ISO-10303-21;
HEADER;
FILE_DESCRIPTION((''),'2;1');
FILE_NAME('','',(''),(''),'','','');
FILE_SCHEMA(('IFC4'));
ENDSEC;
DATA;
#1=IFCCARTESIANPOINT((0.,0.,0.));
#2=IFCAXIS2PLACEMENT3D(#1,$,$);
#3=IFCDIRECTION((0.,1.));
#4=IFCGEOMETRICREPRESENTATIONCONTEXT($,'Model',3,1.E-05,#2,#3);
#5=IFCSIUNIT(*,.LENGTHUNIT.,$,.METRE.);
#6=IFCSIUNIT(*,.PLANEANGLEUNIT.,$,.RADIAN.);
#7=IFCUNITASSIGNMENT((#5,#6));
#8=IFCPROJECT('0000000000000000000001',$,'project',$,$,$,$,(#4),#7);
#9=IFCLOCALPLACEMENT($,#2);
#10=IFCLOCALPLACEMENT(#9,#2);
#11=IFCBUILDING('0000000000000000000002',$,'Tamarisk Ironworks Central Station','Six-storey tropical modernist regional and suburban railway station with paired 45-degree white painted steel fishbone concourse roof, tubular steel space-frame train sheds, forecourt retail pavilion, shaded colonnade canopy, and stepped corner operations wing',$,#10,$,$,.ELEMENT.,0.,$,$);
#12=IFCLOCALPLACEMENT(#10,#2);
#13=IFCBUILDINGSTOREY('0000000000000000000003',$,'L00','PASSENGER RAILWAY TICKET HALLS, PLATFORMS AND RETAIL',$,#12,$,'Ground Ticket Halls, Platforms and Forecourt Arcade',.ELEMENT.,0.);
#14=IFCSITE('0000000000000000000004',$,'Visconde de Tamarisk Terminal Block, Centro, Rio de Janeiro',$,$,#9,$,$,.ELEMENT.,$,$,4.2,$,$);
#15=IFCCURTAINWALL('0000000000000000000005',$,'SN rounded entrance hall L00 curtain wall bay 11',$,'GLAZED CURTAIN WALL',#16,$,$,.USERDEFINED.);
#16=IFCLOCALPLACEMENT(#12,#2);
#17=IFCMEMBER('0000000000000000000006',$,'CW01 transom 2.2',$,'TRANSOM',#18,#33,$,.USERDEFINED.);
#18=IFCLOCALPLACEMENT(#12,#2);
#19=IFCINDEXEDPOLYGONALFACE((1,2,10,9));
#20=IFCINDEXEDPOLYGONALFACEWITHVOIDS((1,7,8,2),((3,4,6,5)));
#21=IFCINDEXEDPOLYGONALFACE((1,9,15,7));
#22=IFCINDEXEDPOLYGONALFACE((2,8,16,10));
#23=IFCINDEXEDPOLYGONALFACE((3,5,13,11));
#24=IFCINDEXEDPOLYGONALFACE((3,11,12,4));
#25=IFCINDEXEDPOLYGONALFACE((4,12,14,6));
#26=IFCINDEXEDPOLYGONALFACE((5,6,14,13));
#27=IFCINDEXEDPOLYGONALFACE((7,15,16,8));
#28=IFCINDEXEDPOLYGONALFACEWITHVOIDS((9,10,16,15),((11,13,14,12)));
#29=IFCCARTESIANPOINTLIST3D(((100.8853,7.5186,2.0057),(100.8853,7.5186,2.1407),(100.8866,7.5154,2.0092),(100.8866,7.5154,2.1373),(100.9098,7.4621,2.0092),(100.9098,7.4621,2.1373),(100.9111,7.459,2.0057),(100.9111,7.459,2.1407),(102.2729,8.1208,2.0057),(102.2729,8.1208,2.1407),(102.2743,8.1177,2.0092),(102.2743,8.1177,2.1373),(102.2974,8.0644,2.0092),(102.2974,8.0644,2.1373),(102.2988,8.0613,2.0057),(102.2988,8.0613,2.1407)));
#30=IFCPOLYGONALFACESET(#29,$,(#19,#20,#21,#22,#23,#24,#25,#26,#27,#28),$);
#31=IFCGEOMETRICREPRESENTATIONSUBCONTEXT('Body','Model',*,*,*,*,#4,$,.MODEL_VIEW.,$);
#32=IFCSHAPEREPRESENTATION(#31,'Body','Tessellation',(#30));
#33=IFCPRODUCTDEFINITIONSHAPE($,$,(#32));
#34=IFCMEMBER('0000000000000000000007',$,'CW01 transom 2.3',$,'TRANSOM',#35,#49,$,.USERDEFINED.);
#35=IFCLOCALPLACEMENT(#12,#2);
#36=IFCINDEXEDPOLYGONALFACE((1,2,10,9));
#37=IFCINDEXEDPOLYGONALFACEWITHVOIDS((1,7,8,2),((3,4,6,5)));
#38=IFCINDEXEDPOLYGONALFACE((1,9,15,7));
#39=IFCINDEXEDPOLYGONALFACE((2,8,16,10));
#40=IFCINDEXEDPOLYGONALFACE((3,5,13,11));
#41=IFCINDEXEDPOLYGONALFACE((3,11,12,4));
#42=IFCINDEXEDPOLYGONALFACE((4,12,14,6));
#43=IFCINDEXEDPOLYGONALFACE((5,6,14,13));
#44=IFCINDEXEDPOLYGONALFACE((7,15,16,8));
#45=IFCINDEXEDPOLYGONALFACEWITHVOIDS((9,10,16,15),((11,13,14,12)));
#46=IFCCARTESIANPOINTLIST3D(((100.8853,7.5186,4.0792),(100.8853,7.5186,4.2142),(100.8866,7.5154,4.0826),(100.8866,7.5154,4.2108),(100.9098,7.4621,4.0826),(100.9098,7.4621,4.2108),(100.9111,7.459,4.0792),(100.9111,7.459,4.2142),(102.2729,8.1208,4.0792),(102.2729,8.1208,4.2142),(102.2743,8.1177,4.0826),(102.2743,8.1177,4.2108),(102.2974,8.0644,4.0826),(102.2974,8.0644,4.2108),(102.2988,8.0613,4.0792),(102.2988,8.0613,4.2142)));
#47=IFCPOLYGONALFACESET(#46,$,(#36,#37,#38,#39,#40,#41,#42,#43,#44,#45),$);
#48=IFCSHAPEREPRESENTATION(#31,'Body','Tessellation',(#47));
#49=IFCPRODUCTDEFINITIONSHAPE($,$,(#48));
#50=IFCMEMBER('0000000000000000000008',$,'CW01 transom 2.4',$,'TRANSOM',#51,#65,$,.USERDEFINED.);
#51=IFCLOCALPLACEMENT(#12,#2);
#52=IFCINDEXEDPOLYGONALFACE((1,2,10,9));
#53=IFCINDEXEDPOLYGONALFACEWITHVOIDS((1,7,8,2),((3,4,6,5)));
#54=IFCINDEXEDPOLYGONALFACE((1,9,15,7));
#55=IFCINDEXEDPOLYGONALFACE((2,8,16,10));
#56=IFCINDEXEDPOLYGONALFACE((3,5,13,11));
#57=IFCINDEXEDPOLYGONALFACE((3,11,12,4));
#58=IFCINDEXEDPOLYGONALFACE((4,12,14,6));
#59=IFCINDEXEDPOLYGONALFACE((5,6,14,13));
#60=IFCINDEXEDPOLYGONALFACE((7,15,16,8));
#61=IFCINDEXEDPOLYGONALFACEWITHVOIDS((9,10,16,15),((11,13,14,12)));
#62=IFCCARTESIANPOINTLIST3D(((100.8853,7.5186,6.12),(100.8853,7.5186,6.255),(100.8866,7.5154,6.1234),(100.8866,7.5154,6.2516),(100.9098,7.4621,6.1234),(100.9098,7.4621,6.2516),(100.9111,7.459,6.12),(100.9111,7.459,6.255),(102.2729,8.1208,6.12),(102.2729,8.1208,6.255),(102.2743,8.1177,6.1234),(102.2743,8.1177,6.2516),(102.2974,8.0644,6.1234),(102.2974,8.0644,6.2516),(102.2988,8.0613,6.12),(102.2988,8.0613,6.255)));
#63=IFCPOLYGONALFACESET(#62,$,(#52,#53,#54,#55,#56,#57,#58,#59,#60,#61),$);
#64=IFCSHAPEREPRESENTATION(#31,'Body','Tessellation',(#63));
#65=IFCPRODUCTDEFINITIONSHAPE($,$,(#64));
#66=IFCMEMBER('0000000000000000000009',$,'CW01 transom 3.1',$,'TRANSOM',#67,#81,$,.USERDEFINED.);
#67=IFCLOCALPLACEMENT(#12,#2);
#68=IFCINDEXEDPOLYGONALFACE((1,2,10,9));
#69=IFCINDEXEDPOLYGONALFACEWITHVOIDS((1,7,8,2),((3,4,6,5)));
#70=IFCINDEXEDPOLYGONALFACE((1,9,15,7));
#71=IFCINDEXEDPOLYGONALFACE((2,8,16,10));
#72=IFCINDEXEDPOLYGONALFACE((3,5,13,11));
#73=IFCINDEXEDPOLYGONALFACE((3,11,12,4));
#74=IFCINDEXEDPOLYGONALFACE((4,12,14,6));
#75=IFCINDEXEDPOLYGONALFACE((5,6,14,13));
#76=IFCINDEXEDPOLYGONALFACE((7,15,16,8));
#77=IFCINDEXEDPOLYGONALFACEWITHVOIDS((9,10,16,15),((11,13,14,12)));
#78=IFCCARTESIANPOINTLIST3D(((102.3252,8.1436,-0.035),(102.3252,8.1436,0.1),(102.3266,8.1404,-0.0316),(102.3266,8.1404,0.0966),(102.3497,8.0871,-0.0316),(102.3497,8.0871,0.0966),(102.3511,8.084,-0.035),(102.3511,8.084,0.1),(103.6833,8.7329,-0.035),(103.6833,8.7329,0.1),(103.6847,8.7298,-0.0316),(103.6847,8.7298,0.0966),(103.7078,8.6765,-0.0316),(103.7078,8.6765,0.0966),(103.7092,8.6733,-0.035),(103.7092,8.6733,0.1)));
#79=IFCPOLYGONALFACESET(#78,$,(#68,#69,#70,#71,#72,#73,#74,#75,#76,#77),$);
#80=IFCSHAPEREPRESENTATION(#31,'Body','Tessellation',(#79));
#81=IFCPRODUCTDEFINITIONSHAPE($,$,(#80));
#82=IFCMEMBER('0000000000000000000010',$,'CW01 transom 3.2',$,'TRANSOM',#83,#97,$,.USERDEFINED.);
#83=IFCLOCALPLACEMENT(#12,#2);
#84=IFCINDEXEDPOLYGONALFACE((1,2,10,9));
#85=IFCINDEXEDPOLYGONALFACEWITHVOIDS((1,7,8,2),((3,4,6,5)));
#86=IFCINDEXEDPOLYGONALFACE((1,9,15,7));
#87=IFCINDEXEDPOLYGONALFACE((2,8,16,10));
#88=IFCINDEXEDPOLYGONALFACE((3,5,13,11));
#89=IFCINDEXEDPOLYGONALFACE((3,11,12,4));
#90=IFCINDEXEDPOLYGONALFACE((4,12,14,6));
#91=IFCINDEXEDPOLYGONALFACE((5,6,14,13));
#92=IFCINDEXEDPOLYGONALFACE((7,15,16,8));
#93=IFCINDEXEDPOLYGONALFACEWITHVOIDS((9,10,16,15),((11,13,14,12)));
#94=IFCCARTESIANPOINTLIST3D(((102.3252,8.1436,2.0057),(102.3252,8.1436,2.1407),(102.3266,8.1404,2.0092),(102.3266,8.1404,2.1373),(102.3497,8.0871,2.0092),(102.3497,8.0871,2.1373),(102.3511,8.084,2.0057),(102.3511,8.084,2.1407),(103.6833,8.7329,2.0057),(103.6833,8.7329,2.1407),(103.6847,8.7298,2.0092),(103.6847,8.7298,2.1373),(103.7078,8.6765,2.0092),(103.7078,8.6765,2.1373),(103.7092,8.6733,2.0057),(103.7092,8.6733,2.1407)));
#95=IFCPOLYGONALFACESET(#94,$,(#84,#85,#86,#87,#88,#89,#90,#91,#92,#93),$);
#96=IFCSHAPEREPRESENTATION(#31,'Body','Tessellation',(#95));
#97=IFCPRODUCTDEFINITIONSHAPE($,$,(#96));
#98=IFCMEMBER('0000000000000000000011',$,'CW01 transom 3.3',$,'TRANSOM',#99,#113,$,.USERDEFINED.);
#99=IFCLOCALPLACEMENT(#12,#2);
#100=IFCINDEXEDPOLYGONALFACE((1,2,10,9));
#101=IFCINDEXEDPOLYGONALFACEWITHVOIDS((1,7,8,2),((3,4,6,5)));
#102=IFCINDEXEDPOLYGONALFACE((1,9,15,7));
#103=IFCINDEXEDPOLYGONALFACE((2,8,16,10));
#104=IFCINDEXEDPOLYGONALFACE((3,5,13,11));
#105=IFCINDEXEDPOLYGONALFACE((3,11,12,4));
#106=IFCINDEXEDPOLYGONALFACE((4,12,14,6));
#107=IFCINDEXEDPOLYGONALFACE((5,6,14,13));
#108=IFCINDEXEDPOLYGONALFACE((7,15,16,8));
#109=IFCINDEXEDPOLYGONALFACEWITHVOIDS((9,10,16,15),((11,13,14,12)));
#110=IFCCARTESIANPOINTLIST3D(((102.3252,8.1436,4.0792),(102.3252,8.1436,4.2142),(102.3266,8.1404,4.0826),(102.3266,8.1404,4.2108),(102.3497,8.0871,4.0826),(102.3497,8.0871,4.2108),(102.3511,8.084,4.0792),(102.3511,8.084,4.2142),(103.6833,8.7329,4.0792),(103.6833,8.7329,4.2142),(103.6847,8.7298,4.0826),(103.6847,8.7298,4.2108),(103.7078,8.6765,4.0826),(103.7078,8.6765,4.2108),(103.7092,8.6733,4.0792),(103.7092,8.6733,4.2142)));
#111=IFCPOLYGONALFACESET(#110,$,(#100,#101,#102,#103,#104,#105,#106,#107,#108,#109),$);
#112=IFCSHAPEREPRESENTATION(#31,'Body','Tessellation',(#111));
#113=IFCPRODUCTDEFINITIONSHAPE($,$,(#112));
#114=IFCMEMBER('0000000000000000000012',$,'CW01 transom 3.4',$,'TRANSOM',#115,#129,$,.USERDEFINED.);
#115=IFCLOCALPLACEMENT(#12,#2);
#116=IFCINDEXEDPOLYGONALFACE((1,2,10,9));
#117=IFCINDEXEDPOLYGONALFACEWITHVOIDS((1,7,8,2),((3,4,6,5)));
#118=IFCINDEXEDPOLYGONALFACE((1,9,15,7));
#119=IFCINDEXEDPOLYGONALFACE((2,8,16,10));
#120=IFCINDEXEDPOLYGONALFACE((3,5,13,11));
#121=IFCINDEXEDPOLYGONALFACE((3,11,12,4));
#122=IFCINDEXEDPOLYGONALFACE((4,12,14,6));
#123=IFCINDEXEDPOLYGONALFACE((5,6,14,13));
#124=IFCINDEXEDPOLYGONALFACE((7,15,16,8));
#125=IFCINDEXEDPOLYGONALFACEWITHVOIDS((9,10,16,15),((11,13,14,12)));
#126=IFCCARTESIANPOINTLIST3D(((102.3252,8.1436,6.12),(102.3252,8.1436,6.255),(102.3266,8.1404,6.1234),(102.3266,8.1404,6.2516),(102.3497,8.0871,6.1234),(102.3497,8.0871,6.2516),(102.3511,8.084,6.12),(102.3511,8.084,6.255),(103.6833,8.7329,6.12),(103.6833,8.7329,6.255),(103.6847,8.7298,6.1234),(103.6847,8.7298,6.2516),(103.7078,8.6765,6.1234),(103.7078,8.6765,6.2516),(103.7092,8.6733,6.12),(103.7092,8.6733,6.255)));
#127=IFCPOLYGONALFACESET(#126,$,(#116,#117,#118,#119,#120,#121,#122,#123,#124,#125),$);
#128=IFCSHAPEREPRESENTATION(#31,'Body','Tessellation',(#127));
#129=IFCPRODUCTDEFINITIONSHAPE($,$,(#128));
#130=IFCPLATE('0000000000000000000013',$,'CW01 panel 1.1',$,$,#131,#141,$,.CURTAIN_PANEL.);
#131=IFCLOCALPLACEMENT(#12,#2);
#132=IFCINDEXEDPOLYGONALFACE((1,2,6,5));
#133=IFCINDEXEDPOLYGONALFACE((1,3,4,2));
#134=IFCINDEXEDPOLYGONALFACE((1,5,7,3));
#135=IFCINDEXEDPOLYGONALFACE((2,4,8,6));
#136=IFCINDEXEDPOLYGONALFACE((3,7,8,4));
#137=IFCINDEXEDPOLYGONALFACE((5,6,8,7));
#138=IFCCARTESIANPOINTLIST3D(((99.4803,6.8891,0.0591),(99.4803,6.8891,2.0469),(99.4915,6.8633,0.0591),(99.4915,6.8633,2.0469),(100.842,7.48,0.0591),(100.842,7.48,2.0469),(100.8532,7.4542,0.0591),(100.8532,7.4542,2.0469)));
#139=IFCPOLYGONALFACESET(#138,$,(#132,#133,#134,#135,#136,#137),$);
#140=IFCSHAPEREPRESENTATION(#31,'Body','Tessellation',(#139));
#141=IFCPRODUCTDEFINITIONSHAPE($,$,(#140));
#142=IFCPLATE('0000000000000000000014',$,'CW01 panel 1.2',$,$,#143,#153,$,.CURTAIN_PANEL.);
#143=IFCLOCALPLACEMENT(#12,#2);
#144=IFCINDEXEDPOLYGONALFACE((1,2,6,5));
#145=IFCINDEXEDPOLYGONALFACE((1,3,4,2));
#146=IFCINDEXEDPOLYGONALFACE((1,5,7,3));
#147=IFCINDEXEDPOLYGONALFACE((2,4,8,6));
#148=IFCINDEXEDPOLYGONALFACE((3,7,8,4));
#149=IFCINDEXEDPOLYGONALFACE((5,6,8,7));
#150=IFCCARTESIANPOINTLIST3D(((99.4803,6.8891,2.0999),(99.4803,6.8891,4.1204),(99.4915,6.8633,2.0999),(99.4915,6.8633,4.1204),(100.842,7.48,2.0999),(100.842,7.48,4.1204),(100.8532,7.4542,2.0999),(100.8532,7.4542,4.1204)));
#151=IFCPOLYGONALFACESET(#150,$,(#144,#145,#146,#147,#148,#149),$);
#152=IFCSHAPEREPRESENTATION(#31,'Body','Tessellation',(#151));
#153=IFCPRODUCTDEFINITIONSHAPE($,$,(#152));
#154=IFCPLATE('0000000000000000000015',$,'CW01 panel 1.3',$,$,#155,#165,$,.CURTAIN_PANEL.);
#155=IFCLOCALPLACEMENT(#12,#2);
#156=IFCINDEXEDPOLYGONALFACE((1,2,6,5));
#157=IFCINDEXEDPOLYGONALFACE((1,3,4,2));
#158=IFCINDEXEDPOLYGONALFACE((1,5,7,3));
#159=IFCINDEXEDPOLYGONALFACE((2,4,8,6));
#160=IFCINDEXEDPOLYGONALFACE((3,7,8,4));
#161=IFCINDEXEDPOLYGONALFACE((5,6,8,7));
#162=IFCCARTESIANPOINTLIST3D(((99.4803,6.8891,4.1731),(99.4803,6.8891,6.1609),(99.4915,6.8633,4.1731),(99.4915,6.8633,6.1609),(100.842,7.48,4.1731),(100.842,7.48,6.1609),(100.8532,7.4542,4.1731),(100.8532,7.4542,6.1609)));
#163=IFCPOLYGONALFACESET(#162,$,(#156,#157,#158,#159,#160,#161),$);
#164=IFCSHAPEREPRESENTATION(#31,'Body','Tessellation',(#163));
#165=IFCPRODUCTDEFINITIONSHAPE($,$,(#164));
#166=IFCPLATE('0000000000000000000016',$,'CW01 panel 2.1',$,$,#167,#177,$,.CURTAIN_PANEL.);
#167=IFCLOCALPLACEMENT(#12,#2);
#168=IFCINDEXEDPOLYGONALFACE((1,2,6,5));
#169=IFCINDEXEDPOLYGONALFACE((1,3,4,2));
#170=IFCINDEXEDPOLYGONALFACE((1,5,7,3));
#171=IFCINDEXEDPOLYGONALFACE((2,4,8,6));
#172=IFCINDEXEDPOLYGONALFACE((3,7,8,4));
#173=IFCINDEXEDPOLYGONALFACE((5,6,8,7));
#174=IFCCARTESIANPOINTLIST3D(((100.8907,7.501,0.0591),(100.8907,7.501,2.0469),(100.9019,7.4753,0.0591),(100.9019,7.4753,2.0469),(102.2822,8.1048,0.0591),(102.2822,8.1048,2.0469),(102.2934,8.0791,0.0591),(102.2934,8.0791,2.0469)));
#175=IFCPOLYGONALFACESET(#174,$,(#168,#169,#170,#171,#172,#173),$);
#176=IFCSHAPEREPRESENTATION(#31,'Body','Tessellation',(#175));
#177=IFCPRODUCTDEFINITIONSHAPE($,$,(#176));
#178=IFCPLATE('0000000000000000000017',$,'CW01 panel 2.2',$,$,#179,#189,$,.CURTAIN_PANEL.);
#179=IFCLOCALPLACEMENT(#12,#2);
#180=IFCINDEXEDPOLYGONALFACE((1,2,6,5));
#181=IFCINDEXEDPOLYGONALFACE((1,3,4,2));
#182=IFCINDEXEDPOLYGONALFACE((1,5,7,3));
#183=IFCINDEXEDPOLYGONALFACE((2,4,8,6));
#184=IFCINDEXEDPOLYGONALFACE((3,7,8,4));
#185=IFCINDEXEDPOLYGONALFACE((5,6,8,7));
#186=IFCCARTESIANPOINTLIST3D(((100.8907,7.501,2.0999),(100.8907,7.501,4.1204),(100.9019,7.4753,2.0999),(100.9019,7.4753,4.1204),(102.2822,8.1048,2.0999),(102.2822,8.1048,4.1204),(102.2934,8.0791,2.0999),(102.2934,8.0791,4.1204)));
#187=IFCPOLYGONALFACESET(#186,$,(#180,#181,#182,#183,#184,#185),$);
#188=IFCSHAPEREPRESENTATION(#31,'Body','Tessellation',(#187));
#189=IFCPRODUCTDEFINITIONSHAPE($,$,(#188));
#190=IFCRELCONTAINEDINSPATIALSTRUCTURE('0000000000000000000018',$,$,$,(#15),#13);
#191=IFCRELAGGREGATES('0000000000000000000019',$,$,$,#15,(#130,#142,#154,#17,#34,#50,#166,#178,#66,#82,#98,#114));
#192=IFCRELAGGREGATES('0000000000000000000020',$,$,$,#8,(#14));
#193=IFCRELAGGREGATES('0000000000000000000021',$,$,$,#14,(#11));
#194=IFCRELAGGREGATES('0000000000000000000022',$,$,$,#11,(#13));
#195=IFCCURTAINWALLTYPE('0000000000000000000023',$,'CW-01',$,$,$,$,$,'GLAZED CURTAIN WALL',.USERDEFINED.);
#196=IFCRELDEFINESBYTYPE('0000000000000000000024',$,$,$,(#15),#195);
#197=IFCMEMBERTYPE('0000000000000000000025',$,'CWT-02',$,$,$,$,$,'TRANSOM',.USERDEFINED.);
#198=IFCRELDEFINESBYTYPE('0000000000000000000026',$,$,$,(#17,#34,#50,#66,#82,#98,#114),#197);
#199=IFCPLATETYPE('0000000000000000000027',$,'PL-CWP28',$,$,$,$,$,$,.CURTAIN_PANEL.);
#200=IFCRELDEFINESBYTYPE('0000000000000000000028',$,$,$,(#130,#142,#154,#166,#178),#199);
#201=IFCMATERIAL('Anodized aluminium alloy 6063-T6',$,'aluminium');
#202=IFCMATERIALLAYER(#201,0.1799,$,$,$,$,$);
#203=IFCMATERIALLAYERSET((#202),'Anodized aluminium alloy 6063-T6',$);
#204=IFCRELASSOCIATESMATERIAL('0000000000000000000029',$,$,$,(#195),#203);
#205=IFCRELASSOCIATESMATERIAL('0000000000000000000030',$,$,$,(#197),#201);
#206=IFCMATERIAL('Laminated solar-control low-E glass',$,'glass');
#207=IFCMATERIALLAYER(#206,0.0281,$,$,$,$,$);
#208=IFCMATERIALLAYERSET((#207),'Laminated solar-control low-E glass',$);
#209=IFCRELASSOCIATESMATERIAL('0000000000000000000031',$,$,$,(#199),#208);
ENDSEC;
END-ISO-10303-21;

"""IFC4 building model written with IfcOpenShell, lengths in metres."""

from ifc_helpers import new_model, si_unit, direction, frame, origin, origin_2d, place, context, subcontext, project, spatial, rectangle, hollow_rectangle, extrude, material, layer, layer_set, material_profile, profile_set, type_object, element, aggregate, save


model = new_model("IFC4")

# Units and contexts
model_context = context("Model", 3, precision=1e-05, world=origin(), true_north=direction((0.0, 1.0)))
body_context = subcontext(model_context, "Body", "Model", "MODEL_VIEW")
ifc_project = project(units=[si_unit("LENGTHUNIT", "METRE"), si_unit("PLANEANGLEUNIT", "RADIAN")], contexts=[model_context])

# Site, building, storey
site_placement = place(None, origin())
site = spatial("IfcSite", under=ifc_project, at=site_placement, Name="Visconde de Tamarisk Terminal Block, Centro, Rio de Janeiro", CompositionType="ELEMENT", RefElevation=4.2)
building_placement = place(site_placement, origin())
building = spatial("IfcBuilding", under=site, at=building_placement, Name="Tamarisk Ironworks Central Station", Description="Six-storey tropical modernist regional and suburban railway station with paired 45-degree white painted steel fishbone concourse roof, tubular steel space-frame train sheds, forecourt retail pavilion, shaded colonnade canopy, and stepped corner operations wing", CompositionType="ELEMENT", ElevationOfRefHeight=0.0)
storey_placement = place(building_placement, origin())
storey = spatial("IfcBuildingStorey", under=building, at=storey_placement, Name="L00", Description="PASSENGER RAILWAY TICKET HALLS, PLATFORMS AND RETAIL", LongName="Ground Ticket Halls, Platforms and Forecourt Arcade", CompositionType="ELEMENT", Elevation=0.0)

# Curtain wall, members, plates
ifc_material_1 = material(Name="Anodized aluminium alloy 6063-T6", Category="aluminium")
ifc_layer_1 = layer(ifc_material_1, 0.1799)
ifc_layer_set_1 = layer_set([ifc_layer_1], Name="Anodized aluminium alloy 6063-T6")
curtain_wall_type = type_object("IfcCurtainWallType", Name="CW-01", ElementType="GLAZED CURTAIN WALL", PredefinedType="USERDEFINED", material=ifc_layer_set_1)
curtain_wall_placement = place(storey_placement, origin())
curtain_wall = element("IfcCurtainWall", 1, at=curtain_wall_placement, inside=storey, type_object=curtain_wall_type, Name="SN rounded entrance hall L00 curtain wall bay 11", ObjectType="GLAZED CURTAIN WALL", PredefinedType="USERDEFINED")
ifc_material_profile_1 = material_profile(ifc_material_1, hollow_rectangle(XDim=0.0649, YDim=0.135, WallThickness=0.0034, at=origin_2d()), Name="ALUM 135x65")
ifc_profile_set_1 = profile_set([ifc_material_profile_1], Name="Anodized aluminium alloy 6063-T6")
member_type_1 = type_object("IfcMemberType", Name="CWT-02", ElementType="TRANSOM", PredefinedType="USERDEFINED", material=ifc_profile_set_1)
member_1_placement = place(storey_placement, frame((100.8982, 7.4888, 2.0732), z_axis=(0.917324, 0.398142, 0.0), x_axis=(-0.398142, 0.917324, 0.0)))
member_1 = element("IfcMember", 2, at=member_1_placement, type_object=member_type_1, Name="CW01 transom 2.2", ObjectType="TRANSOM", PredefinedType="USERDEFINED", context=body_context, shape_type="SweptSolid", body=[
    extrude(hollow_rectangle(XDim=0.0649, YDim=0.135, WallThickness=0.0034, at=origin_2d()), origin(), (0.0, 0.0, 1.0), 1.5127),
])
member_2_placement = place(storey_placement, frame((100.8982, 7.4888, 4.1467), z_axis=(0.917324, 0.398142, 0.0), x_axis=(-0.398142, 0.917324, 0.0)))
member_2 = element("IfcMember", 3, at=member_2_placement, type_object=member_type_1, Name="CW01 transom 2.3", ObjectType="TRANSOM", PredefinedType="USERDEFINED", context=body_context, shape_type="SweptSolid", body=[
    extrude(hollow_rectangle(XDim=0.0649, YDim=0.135, WallThickness=0.0034, at=origin_2d()), origin(), (0.0, 0.0, 1.0), 1.5127),
])
member_3_placement = place(storey_placement, frame((100.8982, 7.4888, 6.1875), z_axis=(0.917324, 0.398142, 0.0), x_axis=(-0.398142, 0.917324, 0.0)))
member_3 = element("IfcMember", 4, at=member_3_placement, type_object=member_type_1, Name="CW01 transom 2.4", ObjectType="TRANSOM", PredefinedType="USERDEFINED", context=body_context, shape_type="SweptSolid", body=[
    extrude(hollow_rectangle(XDim=0.0649, YDim=0.135, WallThickness=0.0034, at=origin_2d()), origin(), (0.0, 0.0, 1.0), 1.5127),
])
member_4_placement = place(storey_placement, frame((102.3381, 8.1138, 0.0325), z_axis=(0.917353, 0.398075, 0.0), x_axis=(-0.398075, 0.917353, 0.0)))
member_4 = element("IfcMember", 5, at=member_4_placement, type_object=member_type_1, Name="CW01 transom 3.1", ObjectType="TRANSOM", PredefinedType="USERDEFINED", context=body_context, shape_type="SweptSolid", body=[
    extrude(hollow_rectangle(XDim=0.0649, YDim=0.135, WallThickness=0.0034, at=origin_2d()), origin(), (0.0, 0.0, 1.0), 1.4805),
])
member_5_placement = place(storey_placement, frame((102.3381, 8.1138, 2.0732), z_axis=(0.917353, 0.398075, 0.0), x_axis=(-0.398075, 0.917353, 0.0)))
member_5 = element("IfcMember", 6, at=member_5_placement, type_object=member_type_1, Name="CW01 transom 3.2", ObjectType="TRANSOM", PredefinedType="USERDEFINED", context=body_context, shape_type="SweptSolid", body=[
    extrude(hollow_rectangle(XDim=0.0649, YDim=0.135, WallThickness=0.0034, at=origin_2d()), origin(), (0.0, 0.0, 1.0), 1.4805),
])
member_6_placement = place(storey_placement, frame((102.3381, 8.1138, 4.1467), z_axis=(0.917353, 0.398075, 0.0), x_axis=(-0.398075, 0.917353, 0.0)))
member_6 = element("IfcMember", 7, at=member_6_placement, type_object=member_type_1, Name="CW01 transom 3.3", ObjectType="TRANSOM", PredefinedType="USERDEFINED", context=body_context, shape_type="SweptSolid", body=[
    extrude(hollow_rectangle(XDim=0.0649, YDim=0.135, WallThickness=0.0034, at=origin_2d()), origin(), (0.0, 0.0, 1.0), 1.4805),
])
member_7_placement = place(storey_placement, frame((102.3381, 8.1138, 6.1875), z_axis=(0.917353, 0.398075, 0.0), x_axis=(-0.398075, 0.917353, 0.0)))
member_7 = element("IfcMember", 8, at=member_7_placement, type_object=member_type_1, Name="CW01 transom 3.4", ObjectType="TRANSOM", PredefinedType="USERDEFINED", context=body_context, shape_type="SweptSolid", body=[
    extrude(hollow_rectangle(XDim=0.0649, YDim=0.135, WallThickness=0.0034, at=origin_2d()), origin(), (0.0, 0.0, 1.0), 1.4805),
])
ifc_material_2 = material(Name="Laminated solar-control low-E glass", Category="glass")
ifc_layer_2 = layer(ifc_material_2, 0.0281)
ifc_layer_set_2 = layer_set([ifc_layer_2], Name="Laminated solar-control low-E glass")
plate_type = type_object("IfcPlateType", Name="PL-CWP28", PredefinedType="CURTAIN_PANEL", material=ifc_layer_set_2)
plate_1_placement = place(storey_placement, frame((100.1667, 7.1716, 0.0591), z_axis=(0.0, 0.0, 1.0), x_axis=(0.917352, 0.398077, 0.0)))
plate_1 = element("IfcPlate", 9, at=plate_1_placement, type_object=plate_type, Name="CW01 panel 1.1", PredefinedType="CURTAIN_PANEL", context=body_context, shape_type="SweptSolid", body=[
    extrude(rectangle(XDim=1.4844, YDim=0.0281, at=origin_2d()), origin(), (0.0, 0.0, 1.0), 1.9878),
])
plate_2_placement = place(storey_placement, frame((100.1667, 7.1716, 2.0999), z_axis=(0.0, 0.0, 1.0), x_axis=(0.917352, 0.398077, 0.0)))
plate_2 = element("IfcPlate", 10, at=plate_2_placement, type_object=plate_type, Name="CW01 panel 1.2", PredefinedType="CURTAIN_PANEL", context=body_context, shape_type="SweptSolid", body=[
    extrude(rectangle(XDim=1.4844, YDim=0.0281, at=origin_2d()), origin(), (0.0, 0.0, 1.0), 2.0205),
])
plate_3_placement = place(storey_placement, frame((100.1667, 7.1716, 4.1731), z_axis=(0.0, 0.0, 1.0), x_axis=(0.917352, 0.398077, 0.0)))
plate_3 = element("IfcPlate", 11, at=plate_3_placement, type_object=plate_type, Name="CW01 panel 1.3", PredefinedType="CURTAIN_PANEL", context=body_context, shape_type="SweptSolid", body=[
    extrude(rectangle(XDim=1.4844, YDim=0.0281, at=origin_2d()), origin(), (0.0, 0.0, 1.0), 1.9878),
])
plate_4_placement = place(storey_placement, frame((101.592, 7.79, 0.0591), z_axis=(0.0, 0.0, 1.0), x_axis=(0.917352, 0.398077, 0.0)))
plate_4 = element("IfcPlate", 12, at=plate_4_placement, type_object=plate_type, Name="CW01 panel 2.1", PredefinedType="CURTAIN_PANEL", context=body_context, shape_type="SweptSolid", body=[
    extrude(rectangle(XDim=1.5168, YDim=0.0281, at=origin_2d()), origin(), (0.0, 0.0, 1.0), 1.9878),
])
plate_5_placement = place(storey_placement, frame((101.592, 7.79, 2.0999), z_axis=(0.0, 0.0, 1.0), x_axis=(0.917352, 0.398077, 0.0)))
plate_5 = element("IfcPlate", 13, at=plate_5_placement, type_object=plate_type, Name="CW01 panel 2.2", PredefinedType="CURTAIN_PANEL", context=body_context, shape_type="SweptSolid", body=[
    extrude(rectangle(XDim=1.5168, YDim=0.0281, at=origin_2d()), origin(), (0.0, 0.0, 1.0), 2.0205),
])
aggregate(curtain_wall, [plate_1, plate_2, plate_3, member_1, member_2, member_3, plate_4, plate_5, member_4, member_5, member_6, member_7])

save(model, "model.ifc")
